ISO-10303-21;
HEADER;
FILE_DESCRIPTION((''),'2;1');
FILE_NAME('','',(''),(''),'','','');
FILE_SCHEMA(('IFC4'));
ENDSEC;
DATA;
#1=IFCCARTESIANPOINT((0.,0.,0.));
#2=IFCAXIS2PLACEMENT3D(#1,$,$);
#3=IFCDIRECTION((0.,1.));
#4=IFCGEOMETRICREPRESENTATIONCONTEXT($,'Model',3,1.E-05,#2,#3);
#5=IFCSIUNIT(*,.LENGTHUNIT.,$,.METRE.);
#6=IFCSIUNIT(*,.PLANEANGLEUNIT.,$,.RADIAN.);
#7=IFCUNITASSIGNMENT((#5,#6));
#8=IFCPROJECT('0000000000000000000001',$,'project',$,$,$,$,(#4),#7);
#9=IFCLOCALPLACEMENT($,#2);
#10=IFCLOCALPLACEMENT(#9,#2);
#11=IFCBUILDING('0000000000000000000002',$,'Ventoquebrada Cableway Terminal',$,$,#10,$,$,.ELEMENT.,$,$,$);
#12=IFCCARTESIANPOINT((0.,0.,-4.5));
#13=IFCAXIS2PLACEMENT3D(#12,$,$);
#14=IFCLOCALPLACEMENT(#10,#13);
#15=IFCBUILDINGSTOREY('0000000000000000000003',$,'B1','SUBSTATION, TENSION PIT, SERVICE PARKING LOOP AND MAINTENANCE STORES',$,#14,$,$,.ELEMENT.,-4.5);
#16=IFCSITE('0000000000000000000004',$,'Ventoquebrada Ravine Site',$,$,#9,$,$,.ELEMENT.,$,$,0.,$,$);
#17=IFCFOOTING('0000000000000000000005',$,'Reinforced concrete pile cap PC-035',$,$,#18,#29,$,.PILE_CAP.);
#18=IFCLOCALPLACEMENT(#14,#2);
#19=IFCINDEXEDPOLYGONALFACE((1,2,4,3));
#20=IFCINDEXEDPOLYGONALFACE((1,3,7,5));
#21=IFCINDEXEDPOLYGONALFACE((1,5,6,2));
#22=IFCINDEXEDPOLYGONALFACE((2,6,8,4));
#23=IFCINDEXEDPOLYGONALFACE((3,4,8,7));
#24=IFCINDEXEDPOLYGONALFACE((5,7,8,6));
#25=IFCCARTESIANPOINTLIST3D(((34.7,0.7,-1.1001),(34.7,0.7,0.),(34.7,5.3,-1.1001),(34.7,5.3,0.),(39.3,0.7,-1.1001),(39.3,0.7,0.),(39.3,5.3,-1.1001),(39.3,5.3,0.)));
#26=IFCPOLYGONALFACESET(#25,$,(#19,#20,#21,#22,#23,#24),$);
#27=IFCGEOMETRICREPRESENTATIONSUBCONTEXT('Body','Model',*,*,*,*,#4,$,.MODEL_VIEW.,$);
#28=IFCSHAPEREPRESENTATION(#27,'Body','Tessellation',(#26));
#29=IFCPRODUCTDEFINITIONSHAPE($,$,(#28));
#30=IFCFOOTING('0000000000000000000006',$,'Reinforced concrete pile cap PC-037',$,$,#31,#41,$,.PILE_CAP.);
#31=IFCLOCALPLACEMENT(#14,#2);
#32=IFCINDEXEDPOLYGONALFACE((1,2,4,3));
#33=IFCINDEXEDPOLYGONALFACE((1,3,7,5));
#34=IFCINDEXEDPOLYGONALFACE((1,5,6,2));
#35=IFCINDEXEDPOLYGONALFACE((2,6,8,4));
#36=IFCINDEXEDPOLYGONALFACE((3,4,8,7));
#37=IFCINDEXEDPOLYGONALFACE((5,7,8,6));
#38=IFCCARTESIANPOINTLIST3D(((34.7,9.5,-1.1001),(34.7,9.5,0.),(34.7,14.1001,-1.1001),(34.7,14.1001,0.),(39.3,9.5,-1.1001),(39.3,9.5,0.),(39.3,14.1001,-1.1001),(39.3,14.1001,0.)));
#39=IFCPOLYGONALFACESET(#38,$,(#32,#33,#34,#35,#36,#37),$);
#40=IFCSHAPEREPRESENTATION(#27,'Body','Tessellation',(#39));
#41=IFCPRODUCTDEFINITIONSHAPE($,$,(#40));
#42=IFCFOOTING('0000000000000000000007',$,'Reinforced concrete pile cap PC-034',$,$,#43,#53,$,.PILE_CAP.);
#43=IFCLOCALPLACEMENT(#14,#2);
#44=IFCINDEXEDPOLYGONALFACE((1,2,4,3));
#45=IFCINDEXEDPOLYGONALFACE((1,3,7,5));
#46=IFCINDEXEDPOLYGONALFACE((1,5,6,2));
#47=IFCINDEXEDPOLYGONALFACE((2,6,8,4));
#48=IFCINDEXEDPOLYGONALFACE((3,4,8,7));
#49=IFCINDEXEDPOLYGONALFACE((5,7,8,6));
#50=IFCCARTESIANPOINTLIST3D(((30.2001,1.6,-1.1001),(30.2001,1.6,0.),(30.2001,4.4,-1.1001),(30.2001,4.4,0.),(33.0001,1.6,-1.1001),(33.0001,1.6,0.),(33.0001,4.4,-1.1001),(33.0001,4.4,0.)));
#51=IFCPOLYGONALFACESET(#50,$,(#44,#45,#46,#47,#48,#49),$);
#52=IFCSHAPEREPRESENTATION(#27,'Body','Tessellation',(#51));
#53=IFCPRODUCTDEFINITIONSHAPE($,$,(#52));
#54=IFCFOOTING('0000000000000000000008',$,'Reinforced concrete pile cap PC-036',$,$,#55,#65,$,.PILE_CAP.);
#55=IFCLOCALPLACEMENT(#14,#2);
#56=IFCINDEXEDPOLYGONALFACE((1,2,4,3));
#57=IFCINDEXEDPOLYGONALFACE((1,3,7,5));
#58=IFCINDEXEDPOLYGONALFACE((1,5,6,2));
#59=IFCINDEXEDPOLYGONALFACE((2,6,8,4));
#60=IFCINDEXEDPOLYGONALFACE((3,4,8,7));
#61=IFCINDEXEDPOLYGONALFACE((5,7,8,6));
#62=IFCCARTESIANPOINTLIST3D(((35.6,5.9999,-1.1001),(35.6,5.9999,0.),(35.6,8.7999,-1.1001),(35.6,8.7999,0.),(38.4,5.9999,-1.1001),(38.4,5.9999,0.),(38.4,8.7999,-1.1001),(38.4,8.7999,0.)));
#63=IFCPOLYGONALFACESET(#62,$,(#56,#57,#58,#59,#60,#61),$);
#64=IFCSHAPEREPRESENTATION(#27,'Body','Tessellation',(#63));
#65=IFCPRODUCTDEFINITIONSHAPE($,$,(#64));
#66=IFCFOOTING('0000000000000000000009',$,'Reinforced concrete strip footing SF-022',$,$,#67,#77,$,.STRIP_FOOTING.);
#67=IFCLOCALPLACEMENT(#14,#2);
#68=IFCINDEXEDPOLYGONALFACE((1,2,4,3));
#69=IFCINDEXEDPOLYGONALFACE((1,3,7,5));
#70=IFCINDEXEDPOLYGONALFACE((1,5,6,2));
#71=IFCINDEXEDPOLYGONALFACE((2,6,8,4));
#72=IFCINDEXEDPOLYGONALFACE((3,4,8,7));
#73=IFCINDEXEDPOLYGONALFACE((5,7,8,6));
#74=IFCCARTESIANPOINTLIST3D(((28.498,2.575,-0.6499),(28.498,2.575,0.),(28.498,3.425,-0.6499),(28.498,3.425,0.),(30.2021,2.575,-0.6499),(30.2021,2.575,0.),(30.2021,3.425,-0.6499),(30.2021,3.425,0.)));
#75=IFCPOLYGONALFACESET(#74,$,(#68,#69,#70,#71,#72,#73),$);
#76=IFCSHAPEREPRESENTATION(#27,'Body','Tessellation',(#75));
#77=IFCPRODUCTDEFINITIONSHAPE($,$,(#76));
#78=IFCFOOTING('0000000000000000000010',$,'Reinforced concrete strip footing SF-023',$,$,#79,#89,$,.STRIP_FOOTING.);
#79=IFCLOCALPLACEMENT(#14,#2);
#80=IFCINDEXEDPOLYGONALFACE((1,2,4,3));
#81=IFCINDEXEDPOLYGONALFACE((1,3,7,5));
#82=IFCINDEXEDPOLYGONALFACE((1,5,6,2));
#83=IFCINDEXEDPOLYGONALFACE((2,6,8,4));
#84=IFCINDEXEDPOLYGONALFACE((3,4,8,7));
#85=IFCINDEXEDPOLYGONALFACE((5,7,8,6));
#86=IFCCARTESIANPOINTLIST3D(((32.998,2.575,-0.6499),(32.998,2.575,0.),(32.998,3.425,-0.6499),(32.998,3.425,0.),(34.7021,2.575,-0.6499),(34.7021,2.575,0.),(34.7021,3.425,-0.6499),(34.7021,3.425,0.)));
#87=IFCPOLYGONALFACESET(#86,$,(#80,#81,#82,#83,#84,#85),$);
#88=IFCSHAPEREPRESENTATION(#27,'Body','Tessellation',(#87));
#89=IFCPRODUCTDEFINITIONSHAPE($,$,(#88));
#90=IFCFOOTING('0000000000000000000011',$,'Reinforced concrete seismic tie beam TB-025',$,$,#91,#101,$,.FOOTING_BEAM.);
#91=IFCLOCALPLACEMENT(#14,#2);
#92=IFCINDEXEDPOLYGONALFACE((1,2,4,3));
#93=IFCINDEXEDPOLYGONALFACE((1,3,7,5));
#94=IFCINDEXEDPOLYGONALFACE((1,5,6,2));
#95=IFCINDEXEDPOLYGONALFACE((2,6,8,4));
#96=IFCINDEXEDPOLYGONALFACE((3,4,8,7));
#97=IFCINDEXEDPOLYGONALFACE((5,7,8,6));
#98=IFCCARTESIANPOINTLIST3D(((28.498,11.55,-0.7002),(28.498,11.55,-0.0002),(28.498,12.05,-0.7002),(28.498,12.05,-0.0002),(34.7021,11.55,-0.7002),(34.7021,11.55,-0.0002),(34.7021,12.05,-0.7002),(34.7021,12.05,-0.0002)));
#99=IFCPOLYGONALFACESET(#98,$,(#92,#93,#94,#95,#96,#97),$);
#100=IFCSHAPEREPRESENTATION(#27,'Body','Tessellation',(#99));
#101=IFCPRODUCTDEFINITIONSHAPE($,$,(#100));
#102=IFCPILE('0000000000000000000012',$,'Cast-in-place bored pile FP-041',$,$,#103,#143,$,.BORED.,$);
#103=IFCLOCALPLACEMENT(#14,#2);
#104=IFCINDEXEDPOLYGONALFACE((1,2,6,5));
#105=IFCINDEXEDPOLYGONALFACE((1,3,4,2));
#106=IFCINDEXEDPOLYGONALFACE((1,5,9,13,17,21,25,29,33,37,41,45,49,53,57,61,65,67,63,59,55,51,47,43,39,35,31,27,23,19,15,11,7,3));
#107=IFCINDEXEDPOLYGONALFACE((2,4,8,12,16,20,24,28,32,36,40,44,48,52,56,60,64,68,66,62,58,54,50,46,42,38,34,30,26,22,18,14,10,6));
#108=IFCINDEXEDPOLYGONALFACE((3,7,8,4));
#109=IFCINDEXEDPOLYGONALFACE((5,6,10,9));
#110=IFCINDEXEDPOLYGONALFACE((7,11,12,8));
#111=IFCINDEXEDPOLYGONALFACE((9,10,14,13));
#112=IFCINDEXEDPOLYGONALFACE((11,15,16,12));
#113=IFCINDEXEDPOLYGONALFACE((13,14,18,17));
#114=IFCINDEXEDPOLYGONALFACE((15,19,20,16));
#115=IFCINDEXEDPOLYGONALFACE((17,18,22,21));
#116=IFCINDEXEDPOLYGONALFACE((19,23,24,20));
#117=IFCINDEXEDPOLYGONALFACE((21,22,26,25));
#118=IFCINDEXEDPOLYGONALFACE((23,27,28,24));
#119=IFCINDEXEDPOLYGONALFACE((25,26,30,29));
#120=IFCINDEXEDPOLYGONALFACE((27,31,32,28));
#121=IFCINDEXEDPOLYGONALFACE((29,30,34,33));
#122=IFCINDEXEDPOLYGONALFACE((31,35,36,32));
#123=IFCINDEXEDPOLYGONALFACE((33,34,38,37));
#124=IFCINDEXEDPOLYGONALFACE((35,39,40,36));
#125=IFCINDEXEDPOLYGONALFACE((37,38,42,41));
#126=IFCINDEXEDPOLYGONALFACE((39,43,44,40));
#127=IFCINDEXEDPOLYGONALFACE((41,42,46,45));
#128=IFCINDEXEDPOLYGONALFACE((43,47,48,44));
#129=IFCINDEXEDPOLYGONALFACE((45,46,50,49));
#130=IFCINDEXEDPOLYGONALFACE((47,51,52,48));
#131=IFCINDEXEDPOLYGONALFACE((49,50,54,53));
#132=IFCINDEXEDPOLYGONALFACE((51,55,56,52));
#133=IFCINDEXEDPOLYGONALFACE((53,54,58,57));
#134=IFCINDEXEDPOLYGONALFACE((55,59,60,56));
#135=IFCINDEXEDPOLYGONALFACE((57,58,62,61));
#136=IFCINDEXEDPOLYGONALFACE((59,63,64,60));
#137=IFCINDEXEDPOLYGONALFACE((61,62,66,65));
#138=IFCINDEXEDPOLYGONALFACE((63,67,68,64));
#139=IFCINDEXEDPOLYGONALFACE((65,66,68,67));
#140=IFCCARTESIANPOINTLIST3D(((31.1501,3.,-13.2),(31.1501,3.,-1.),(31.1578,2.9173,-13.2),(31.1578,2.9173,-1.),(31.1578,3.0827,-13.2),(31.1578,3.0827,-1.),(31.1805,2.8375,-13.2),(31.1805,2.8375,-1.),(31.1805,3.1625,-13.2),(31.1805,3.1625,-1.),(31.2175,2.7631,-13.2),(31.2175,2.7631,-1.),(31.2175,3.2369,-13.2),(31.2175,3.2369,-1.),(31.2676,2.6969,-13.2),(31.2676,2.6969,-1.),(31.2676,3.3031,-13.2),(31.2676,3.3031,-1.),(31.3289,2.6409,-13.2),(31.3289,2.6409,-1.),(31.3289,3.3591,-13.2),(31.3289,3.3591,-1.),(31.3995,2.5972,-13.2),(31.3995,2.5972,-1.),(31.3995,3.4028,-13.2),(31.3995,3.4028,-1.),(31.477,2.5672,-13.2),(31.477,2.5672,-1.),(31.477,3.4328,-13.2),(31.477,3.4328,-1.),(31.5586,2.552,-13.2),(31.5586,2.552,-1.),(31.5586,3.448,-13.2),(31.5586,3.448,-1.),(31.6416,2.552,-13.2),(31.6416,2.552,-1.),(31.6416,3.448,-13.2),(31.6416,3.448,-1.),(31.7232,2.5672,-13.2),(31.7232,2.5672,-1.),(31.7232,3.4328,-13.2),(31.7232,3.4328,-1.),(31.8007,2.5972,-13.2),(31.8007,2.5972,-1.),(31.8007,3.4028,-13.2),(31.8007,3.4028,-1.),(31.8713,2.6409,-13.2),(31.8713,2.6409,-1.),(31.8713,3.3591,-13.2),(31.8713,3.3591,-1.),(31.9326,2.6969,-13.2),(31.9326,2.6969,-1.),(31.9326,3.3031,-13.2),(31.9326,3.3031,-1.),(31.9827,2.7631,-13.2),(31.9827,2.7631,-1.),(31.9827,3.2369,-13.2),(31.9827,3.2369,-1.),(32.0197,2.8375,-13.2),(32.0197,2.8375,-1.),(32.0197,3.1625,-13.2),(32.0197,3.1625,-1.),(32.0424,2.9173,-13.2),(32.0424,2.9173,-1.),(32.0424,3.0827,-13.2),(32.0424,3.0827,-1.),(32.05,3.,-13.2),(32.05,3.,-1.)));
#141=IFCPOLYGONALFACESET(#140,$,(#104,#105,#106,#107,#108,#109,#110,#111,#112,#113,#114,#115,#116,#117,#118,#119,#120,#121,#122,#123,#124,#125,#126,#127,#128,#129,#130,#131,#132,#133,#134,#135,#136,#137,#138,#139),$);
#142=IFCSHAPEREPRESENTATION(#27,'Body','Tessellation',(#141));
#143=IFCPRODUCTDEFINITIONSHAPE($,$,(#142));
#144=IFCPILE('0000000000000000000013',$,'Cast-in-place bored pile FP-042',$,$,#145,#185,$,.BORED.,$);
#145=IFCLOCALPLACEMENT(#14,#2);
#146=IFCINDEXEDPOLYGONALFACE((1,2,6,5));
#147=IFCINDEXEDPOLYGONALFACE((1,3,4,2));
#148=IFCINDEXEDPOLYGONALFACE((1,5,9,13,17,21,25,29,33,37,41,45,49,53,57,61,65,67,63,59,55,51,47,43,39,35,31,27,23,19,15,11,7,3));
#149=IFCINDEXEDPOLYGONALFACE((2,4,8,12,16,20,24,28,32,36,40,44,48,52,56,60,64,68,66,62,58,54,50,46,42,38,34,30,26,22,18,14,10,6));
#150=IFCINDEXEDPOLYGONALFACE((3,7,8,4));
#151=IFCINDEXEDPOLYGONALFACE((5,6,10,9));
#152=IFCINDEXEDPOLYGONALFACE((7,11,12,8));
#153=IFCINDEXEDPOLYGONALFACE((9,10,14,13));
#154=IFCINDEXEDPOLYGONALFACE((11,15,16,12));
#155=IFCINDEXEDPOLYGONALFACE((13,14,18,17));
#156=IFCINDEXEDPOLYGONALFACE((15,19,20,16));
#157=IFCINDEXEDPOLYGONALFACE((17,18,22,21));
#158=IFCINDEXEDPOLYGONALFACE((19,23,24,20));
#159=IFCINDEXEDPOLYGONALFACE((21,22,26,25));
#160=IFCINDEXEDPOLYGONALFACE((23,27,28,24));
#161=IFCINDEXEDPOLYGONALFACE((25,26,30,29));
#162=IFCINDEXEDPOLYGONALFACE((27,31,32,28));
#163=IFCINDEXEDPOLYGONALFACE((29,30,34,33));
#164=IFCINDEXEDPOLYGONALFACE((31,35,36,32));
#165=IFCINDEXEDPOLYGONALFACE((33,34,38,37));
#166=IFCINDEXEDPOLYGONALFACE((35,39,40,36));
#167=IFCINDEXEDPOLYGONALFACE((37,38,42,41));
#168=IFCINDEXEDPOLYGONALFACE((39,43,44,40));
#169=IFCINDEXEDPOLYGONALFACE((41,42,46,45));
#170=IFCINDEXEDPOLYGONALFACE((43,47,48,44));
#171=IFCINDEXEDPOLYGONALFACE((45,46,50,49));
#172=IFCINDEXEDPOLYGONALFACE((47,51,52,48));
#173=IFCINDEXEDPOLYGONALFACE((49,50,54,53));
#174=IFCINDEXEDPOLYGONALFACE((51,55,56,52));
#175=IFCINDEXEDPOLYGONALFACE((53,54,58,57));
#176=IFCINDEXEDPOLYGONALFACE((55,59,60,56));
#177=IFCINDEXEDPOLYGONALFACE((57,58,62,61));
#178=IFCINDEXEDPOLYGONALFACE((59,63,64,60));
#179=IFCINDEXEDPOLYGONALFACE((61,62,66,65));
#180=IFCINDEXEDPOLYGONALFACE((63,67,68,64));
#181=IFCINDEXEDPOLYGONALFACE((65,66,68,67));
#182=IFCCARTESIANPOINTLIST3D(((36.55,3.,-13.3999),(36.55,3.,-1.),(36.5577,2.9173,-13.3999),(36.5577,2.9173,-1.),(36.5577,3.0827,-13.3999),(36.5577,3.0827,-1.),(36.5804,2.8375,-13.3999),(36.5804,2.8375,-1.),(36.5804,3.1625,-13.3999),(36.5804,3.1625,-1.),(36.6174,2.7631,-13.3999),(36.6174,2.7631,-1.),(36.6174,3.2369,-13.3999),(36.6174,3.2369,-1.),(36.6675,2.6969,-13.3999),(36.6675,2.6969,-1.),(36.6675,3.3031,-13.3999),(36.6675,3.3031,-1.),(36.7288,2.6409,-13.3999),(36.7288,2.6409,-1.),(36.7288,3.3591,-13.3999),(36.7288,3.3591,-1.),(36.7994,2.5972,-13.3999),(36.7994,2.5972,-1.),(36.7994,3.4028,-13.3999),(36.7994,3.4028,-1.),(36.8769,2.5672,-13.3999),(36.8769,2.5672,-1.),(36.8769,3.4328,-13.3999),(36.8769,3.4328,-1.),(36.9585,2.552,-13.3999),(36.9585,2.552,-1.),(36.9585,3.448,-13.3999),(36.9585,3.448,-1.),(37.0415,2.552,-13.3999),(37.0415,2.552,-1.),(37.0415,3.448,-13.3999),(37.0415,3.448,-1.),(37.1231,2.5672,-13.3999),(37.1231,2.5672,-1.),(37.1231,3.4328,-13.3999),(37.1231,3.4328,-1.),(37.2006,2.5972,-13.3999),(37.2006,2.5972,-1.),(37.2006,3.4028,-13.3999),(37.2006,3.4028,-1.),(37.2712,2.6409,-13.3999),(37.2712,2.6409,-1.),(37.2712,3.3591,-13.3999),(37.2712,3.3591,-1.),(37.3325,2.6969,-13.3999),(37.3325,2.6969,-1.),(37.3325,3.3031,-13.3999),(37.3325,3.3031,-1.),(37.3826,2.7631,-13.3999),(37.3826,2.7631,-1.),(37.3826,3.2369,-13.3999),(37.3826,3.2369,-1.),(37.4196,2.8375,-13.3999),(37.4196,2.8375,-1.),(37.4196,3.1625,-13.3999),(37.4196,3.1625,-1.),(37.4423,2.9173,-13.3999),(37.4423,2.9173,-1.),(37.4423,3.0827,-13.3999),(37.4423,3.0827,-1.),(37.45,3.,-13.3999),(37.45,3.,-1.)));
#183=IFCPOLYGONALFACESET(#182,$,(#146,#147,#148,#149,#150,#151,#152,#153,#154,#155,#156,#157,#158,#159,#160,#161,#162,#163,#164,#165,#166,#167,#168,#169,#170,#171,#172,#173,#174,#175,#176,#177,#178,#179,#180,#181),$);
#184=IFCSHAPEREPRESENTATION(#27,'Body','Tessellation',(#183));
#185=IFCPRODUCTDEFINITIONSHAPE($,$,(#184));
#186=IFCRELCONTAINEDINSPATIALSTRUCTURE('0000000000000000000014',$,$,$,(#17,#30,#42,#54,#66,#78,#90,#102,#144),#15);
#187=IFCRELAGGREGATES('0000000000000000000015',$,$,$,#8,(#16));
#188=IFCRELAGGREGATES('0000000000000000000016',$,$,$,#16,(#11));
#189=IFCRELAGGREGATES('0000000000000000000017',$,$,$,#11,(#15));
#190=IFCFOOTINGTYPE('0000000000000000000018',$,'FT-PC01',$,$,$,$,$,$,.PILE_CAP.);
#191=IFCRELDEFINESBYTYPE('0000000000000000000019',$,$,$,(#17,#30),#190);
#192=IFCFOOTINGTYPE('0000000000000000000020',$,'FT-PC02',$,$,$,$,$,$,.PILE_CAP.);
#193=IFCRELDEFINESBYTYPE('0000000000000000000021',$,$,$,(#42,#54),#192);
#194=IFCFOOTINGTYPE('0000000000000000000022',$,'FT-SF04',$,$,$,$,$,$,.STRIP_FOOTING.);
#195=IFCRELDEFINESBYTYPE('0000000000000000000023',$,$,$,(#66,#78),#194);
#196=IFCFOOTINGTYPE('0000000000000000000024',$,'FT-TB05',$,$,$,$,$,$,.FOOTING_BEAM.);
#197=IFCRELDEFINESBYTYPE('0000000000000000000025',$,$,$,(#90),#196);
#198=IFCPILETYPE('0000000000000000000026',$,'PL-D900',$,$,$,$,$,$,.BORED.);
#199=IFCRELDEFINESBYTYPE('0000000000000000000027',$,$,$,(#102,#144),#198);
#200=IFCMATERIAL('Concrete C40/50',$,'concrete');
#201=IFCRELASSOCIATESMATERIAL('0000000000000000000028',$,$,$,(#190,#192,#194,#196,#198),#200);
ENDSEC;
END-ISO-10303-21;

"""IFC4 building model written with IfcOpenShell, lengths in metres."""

from ifc_helpers import new_model, si_unit, direction, frame, origin, origin_2d, place, context, subcontext, project, spatial, rectangle, circle, extrude, material, material_profile, profile_set, type_object, element, save


model = new_model("IFC4")

# Units and contexts
model_context = context("Model", 3, precision=1e-05, world=origin(), true_north=direction((0.0, 1.0)))
body_context = subcontext(model_context, "Body", "Model", "MODEL_VIEW")
ifc_project = project(units=[si_unit("LENGTHUNIT", "METRE"), si_unit("PLANEANGLEUNIT", "RADIAN")], contexts=[model_context])

# Site, building, storey
site_placement = place(None, origin())
site = spatial("IfcSite", under=ifc_project, at=site_placement, Name="Ventoquebrada Ravine Site", CompositionType="ELEMENT", RefElevation=0.0)
building_placement = place(site_placement, origin())
building = spatial("IfcBuilding", under=site, at=building_placement, Name="Ventoquebrada Cableway Terminal", CompositionType="ELEMENT")
storey_placement = place(building_placement, frame((0.0, 0.0, -4.5)))
storey = spatial("IfcBuildingStorey", under=building, at=storey_placement, Name="B1", Description="SUBSTATION, TENSION PIT, SERVICE PARKING LOOP AND MAINTENANCE STORES", CompositionType="ELEMENT", Elevation=-4.5)

# Footings
ifc_material = material(Name="Concrete C40/50", Category="concrete")
footing_type_1 = type_object("IfcFootingType", Name="FT-PC01", PredefinedType="PILE_CAP", material=ifc_material)
for number, where, z_axis, x_axis, name in (
    (1, (37.0, 3.0, -1.1001), (0.0, 0.0, 1.0), (1.0, 0.0, 0.0), "Reinforced concrete pile cap PC-035"),
    (2, (37.0, 11.8, -1.1001), (0.0, 0.0, 1.0), (1.0, 0.0, 0.0), "Reinforced concrete pile cap PC-037"),
):
    element("IfcFooting", number, at=place(storey_placement, frame(where, z_axis=z_axis, x_axis=x_axis)), inside=storey, type_object=footing_type_1, Name=name, PredefinedType="PILE_CAP", context=body_context, shape_type="SweptSolid", body=[
        extrude(rectangle(XDim=4.6001, YDim=4.6001, at=origin_2d()), origin(), (0.0, 0.0, 1.0), 1.1001),
    ])
footing_type_2 = type_object("IfcFootingType", Name="FT-PC02", PredefinedType="PILE_CAP", material=ifc_material)
for number, where, z_axis, x_axis, name in (
    (3, (31.6001, 3.0, -1.1001), (0.0, 0.0, 1.0), (1.0, 0.0, 0.0), "Reinforced concrete pile cap PC-034"),
    (4, (37.0, 7.3999, -1.1001), (0.0, 0.0, 1.0), (1.0, 0.0, 0.0), "Reinforced concrete pile cap PC-036"),
):
    element("IfcFooting", number, at=place(storey_placement, frame(where, z_axis=z_axis, x_axis=x_axis)), inside=storey, type_object=footing_type_2, Name=name, PredefinedType="PILE_CAP", context=body_context, shape_type="SweptSolid", body=[
        extrude(rectangle(XDim=2.8, YDim=2.8, at=origin_2d()), origin(), (0.0, 0.0, 1.0), 1.1001),
    ])
footing_type_3 = type_object("IfcFootingType", Name="FT-SF04", PredefinedType="STRIP_FOOTING", material=ifc_material)
for number, where, z_axis, x_axis, name in (
    (5, (29.3501, 3.0, -0.6499), (0.0, 0.0, 1.0), (1.0, 0.0, 0.0), "Reinforced concrete strip footing SF-022"),
    (6, (33.8501, 3.0, -0.6499), (0.0, 0.0, 1.0), (1.0, 0.0, 0.0), "Reinforced concrete strip footing SF-023"),
):
    element("IfcFooting", number, at=place(storey_placement, frame(where, z_axis=z_axis, x_axis=x_axis)), inside=storey, type_object=footing_type_3, Name=name, PredefinedType="STRIP_FOOTING", context=body_context, shape_type="SweptSolid", body=[
        extrude(rectangle(XDim=1.7041, YDim=0.8501, at=origin_2d()), origin(), (0.0, 0.0, 1.0), 0.6499),
    ])
footing_type_4 = type_object("IfcFootingType", Name="FT-TB05", PredefinedType="FOOTING_BEAM", material=ifc_material)
footing_placement = place(storey_placement, frame((31.6001, 11.8, -0.7002), z_axis=(0.0, 0.0, 1.0), x_axis=(1.0, 0.0, 0.0)))
element("IfcFooting", 7, at=footing_placement, inside=storey, type_object=footing_type_4, Name="Reinforced concrete seismic tie beam TB-025", PredefinedType="FOOTING_BEAM", context=body_context, shape_type="SweptSolid", body=[
    extrude(rectangle(XDim=6.2041, YDim=0.5, at=origin_2d()), origin(), (0.0, 0.0, 1.0), 0.7),
])

# Piles
ifc_material_profile_1 = material_profile(ifc_material, circle(Radius=0.45, at=origin_2d()), Name="PILE-D900")
ifc_profile_set_1 = profile_set([ifc_material_profile_1], Name="Concrete C40/50")
pile_type = type_object("IfcPileType", Name="PL-D900", PredefinedType="BORED", material=ifc_profile_set_1)
pile_1_placement = place(storey_placement, frame((31.6001, 3.0, -1.0), z_axis=(0.0, 0.0, -1.0), x_axis=(1.0, 0.0, 0.0)))
element("IfcPile", 8, at=pile_1_placement, inside=storey, type_object=pile_type, Name="Cast-in-place bored pile FP-041", PredefinedType="BORED", context=body_context, shape_type="SweptSolid", body=[
    extrude(circle(Radius=0.45, at=origin_2d()), origin(), (0.0, 0.0, 1.0), 12.2),
])
pile_2_placement = place(storey_placement, frame((37.0, 3.0, -1.0), z_axis=(0.0, 0.0, -1.0), x_axis=(1.0, 0.0, 0.0)))
element("IfcPile", 9, at=pile_2_placement, inside=storey, type_object=pile_type, Name="Cast-in-place bored pile FP-042", PredefinedType="BORED", context=body_context, shape_type="SweptSolid", body=[
    extrude(circle(Radius=0.45, at=origin_2d()), origin(), (0.0, 0.0, 1.0), 12.3999),
])

save(model, "model.ifc")
